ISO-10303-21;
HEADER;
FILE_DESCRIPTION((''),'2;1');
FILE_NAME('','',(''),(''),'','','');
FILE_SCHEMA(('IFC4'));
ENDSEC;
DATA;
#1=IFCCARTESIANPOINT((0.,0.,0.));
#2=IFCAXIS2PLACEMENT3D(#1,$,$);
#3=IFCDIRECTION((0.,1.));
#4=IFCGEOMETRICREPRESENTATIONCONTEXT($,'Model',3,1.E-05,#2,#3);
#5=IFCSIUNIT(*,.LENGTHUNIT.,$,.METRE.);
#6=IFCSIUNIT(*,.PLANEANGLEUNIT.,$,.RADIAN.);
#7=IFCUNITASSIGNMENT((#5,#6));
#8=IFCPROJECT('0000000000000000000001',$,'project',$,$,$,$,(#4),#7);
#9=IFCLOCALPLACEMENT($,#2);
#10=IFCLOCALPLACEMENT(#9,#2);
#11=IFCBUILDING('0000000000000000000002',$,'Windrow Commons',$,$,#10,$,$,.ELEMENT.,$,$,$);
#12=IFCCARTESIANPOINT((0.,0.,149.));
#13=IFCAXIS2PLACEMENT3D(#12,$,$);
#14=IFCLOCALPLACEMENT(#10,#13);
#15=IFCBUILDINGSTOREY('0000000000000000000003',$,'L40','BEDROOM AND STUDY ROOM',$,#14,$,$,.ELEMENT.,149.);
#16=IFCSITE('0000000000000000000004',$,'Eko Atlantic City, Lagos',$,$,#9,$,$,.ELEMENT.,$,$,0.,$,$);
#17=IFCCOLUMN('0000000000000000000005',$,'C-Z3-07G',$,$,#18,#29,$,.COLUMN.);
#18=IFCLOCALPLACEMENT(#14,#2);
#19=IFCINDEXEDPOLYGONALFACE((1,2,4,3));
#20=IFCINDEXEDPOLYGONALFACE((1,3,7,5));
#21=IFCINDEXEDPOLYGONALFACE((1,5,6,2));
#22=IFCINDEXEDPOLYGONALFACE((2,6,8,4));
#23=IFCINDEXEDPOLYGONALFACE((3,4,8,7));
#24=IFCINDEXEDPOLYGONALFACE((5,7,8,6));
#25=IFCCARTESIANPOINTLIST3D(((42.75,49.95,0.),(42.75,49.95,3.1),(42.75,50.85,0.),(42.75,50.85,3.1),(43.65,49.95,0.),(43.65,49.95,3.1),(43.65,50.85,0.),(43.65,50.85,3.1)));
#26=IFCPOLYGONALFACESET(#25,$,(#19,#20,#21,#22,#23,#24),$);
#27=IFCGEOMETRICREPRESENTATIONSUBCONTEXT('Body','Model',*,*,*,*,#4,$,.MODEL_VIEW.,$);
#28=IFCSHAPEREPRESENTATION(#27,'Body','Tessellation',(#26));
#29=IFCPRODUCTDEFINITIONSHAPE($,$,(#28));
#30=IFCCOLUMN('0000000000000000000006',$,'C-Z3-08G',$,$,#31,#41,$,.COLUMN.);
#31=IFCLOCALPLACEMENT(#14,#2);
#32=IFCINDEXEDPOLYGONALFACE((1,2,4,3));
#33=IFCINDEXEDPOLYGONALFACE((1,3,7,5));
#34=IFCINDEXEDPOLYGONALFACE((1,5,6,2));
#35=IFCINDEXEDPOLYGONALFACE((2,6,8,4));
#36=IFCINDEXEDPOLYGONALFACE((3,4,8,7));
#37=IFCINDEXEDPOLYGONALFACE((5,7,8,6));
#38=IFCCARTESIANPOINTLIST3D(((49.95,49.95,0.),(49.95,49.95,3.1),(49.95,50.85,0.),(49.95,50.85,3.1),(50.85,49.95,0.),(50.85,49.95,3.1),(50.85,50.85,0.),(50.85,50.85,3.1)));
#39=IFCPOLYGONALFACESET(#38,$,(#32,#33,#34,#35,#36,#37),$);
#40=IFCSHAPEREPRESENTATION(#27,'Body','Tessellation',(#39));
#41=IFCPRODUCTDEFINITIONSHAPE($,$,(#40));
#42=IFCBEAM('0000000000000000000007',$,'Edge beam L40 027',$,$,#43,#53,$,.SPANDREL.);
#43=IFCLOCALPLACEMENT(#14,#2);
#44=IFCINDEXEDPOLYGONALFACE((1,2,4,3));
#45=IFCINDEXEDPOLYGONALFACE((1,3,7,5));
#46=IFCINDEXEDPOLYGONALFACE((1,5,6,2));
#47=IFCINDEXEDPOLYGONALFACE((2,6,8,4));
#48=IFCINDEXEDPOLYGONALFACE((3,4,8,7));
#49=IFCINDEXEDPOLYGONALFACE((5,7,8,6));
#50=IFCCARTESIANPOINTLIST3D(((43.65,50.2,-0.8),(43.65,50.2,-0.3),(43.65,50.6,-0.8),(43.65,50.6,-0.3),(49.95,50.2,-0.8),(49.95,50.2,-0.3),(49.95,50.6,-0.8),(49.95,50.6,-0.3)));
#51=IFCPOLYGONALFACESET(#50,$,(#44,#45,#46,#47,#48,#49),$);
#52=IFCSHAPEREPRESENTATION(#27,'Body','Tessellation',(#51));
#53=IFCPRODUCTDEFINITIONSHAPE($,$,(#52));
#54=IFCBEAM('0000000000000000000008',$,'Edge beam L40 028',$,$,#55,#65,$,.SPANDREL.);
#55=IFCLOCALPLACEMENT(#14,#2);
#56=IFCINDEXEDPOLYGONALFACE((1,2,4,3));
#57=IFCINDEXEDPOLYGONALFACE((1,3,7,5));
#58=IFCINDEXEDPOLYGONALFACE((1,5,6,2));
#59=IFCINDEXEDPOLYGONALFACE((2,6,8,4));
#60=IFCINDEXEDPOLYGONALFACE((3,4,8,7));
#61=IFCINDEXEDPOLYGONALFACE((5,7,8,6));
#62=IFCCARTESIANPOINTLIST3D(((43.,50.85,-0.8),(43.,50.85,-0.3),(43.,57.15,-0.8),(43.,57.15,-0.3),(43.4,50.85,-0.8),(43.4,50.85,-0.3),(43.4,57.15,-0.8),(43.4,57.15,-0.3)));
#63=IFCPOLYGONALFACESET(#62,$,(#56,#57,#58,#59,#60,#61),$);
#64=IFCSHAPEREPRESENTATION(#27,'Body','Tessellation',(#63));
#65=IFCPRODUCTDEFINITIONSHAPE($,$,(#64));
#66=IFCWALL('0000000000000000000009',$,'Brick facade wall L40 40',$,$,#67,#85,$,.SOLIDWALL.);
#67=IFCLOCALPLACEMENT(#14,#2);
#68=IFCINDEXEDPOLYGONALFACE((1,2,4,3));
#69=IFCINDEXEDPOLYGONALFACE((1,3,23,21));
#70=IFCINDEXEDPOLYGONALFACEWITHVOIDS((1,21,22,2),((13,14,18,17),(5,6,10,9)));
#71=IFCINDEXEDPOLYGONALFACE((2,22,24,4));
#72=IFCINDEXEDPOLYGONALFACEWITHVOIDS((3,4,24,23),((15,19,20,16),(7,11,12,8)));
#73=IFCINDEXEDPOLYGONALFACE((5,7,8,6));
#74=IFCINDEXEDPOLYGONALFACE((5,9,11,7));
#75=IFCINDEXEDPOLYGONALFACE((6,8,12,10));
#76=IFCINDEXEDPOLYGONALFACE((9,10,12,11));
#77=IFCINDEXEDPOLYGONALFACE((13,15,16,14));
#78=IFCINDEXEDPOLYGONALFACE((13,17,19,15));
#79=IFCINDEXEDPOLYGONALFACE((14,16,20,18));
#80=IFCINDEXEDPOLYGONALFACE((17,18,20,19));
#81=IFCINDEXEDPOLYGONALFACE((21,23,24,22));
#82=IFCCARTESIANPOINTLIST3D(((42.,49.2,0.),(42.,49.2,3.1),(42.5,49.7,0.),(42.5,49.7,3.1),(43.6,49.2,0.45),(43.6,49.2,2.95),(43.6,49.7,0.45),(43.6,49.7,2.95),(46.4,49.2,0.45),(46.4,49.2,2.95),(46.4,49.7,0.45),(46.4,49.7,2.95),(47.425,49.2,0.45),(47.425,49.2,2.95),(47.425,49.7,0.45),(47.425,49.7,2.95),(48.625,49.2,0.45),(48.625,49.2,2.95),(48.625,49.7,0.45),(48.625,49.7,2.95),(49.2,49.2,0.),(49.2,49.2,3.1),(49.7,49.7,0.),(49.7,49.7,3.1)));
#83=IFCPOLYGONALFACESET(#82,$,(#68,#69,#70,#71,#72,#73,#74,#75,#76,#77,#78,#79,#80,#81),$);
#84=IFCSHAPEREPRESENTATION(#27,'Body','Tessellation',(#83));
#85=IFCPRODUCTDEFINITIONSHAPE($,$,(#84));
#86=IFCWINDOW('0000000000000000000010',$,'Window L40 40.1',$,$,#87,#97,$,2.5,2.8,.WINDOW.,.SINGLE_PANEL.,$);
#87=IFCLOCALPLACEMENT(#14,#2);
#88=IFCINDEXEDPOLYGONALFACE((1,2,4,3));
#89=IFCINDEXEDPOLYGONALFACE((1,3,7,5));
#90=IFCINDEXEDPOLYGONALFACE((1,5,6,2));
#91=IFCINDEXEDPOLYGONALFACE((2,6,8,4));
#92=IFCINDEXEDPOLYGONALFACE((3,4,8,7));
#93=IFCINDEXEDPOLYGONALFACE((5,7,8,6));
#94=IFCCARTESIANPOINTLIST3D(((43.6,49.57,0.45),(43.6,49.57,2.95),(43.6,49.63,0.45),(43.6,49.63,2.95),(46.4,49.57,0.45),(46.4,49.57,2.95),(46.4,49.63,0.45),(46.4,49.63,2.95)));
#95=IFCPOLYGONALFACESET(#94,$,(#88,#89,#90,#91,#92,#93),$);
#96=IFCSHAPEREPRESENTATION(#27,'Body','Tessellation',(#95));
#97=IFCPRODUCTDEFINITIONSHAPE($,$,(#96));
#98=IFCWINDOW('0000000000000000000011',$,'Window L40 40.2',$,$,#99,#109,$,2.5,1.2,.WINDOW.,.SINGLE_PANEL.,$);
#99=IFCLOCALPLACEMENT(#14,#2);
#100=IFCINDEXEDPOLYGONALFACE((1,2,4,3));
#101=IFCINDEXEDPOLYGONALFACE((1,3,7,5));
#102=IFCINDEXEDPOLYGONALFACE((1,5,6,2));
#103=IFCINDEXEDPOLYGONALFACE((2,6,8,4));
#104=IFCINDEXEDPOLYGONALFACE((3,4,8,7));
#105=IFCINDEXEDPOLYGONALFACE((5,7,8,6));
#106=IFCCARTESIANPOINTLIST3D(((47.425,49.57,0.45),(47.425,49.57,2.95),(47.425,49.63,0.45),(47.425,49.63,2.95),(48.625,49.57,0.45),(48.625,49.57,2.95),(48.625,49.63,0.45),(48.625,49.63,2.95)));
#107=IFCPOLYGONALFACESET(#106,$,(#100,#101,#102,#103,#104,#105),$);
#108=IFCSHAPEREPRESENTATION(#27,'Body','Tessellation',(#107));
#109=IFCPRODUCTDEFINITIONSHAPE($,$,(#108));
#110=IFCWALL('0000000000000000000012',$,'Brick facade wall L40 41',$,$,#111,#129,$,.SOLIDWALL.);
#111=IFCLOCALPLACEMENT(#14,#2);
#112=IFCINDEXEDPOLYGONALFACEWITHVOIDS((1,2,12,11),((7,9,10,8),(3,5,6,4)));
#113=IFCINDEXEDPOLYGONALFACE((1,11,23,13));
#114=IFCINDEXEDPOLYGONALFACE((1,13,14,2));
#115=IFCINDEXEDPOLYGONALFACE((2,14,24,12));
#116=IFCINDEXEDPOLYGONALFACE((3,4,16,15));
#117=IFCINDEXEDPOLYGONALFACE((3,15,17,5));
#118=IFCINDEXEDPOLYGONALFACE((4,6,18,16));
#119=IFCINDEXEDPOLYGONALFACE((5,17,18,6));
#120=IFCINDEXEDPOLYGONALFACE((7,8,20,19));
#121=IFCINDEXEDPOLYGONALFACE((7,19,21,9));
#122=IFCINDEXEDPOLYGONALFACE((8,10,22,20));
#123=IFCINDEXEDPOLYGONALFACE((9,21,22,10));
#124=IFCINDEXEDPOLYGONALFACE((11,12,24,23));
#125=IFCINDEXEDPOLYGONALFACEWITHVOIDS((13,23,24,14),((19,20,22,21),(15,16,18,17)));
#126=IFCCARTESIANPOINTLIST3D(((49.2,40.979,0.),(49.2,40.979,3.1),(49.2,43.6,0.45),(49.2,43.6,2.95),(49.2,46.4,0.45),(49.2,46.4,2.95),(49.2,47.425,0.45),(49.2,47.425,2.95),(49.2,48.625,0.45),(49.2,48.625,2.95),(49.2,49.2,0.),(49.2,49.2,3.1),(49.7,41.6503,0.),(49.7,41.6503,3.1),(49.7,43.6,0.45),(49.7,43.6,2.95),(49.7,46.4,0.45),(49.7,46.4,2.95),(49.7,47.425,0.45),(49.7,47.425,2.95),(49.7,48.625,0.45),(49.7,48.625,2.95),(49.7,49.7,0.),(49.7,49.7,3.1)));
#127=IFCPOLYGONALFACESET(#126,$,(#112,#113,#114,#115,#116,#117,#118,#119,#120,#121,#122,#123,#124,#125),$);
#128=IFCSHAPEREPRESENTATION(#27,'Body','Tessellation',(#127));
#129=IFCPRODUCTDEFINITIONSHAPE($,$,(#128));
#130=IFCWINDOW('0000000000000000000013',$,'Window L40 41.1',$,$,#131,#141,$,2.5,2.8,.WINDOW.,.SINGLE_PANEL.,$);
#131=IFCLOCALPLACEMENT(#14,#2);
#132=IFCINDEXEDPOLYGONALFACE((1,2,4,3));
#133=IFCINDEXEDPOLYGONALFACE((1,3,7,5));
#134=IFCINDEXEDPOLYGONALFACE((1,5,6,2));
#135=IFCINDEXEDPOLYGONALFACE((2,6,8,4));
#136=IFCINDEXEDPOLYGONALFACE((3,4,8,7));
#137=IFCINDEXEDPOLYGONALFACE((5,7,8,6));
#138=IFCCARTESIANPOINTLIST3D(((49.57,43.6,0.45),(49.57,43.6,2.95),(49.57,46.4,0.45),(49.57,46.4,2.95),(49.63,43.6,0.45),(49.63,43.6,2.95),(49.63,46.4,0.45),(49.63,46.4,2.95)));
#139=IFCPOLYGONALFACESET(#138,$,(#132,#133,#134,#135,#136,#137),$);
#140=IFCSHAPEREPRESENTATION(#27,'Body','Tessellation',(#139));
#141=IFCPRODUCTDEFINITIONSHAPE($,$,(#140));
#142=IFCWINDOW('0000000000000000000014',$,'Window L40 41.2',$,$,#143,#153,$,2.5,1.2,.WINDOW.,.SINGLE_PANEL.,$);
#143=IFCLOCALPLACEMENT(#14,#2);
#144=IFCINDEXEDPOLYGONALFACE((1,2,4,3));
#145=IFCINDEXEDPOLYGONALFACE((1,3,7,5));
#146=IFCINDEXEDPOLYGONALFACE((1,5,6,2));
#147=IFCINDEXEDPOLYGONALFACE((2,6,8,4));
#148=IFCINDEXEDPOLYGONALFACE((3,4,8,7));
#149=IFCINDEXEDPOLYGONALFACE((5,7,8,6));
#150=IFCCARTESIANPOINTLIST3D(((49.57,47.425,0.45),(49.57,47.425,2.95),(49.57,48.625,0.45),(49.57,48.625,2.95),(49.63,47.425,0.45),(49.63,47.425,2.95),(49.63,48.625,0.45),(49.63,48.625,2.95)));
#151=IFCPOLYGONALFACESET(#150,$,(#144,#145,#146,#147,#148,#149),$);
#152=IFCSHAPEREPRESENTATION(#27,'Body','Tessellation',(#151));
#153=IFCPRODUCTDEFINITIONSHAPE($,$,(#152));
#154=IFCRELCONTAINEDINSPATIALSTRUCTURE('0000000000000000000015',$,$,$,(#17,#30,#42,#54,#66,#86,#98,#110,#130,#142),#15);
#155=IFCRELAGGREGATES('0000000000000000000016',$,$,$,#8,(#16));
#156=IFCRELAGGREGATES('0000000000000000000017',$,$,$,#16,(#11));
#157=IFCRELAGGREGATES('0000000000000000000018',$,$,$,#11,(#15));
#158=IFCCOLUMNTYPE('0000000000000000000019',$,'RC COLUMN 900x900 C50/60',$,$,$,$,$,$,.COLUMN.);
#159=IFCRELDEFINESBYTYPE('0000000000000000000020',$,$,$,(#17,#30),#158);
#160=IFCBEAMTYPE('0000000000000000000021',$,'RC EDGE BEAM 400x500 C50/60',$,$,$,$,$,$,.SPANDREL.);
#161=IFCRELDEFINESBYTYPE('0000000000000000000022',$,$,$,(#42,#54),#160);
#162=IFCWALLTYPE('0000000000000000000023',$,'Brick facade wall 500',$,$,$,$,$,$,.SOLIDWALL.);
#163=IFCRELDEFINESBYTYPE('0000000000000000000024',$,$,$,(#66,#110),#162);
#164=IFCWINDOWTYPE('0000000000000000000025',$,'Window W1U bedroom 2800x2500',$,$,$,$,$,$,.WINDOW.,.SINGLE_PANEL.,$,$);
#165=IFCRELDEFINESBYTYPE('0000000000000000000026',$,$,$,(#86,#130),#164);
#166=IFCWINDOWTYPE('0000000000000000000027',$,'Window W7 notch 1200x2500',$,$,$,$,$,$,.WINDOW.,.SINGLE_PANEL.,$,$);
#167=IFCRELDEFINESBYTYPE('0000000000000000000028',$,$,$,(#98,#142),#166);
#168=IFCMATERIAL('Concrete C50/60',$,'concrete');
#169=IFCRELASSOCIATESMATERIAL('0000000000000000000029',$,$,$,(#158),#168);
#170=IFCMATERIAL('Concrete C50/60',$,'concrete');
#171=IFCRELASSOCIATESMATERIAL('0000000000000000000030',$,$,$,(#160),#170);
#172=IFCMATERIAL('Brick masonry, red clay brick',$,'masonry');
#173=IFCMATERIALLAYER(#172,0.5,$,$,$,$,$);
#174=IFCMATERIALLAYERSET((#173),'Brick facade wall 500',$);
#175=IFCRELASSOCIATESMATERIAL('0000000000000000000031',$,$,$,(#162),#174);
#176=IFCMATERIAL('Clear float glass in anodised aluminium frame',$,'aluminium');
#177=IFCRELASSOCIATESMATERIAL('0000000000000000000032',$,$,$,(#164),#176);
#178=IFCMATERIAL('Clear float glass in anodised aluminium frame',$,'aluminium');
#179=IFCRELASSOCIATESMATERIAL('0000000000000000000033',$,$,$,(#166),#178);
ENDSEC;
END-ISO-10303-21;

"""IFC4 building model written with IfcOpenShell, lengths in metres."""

from ifc_helpers import new_model, si_unit, direction, frame, frame_2d, origin, origin_2d, place, context, subcontext, project, spatial, polyline, rectangle, outline, extrude, material, layer, layer_set, material_profile, profile_set, type_object, element, fill, save


model = new_model("IFC4")

# Units and contexts
model_context = context("Model", 3, precision=1e-05, world=origin(), true_north=direction((0.0, 1.0)))
body_context = subcontext(model_context, "Body", "Model", "MODEL_VIEW")
ifc_project = project(units=[si_unit("LENGTHUNIT", "METRE"), si_unit("PLANEANGLEUNIT", "RADIAN")], contexts=[model_context])

# Site, building, storey
site_placement = place(None, origin())
site = spatial("IfcSite", under=ifc_project, at=site_placement, Name="Eko Atlantic City, Lagos", CompositionType="ELEMENT", RefElevation=0.0)
building_placement = place(site_placement, origin())
building = spatial("IfcBuilding", under=site, at=building_placement, Name="Windrow Commons", CompositionType="ELEMENT")
storey_placement = place(building_placement, frame((0.0, 0.0, 149.0)))
storey = spatial("IfcBuildingStorey", under=building, at=storey_placement, Name="L40", Description="BEDROOM AND STUDY ROOM", CompositionType="ELEMENT", Elevation=149.0)

# Columns
ifc_material_1 = material(Name="Concrete C50/60", Category="concrete")
ifc_material_profile_1 = material_profile(ifc_material_1, rectangle(XDim=0.9, YDim=0.9, at=origin_2d()))
ifc_profile_set_1 = profile_set([ifc_material_profile_1], Name="Concrete C50/60")
column_type = type_object("IfcColumnType", Name="RC COLUMN 900x900 C50/60", PredefinedType="COLUMN", material=ifc_profile_set_1)
for number, where, z_axis, x_axis, name in (
    (1, (43.2, 50.4, 0.0), (0.0, 0.0, 1.0), (1.0, 0.0, 0.0), "C-Z3-07G"),
    (2, (50.4, 50.4, 0.0), (0.0, 0.0, 1.0), (1.0, 0.0, 0.0), "C-Z3-08G"),
):
    element("IfcColumn", number, at=place(storey_placement, frame(where, z_axis=z_axis, x_axis=x_axis)), inside=storey, type_object=column_type, Name=name, PredefinedType="COLUMN", context=body_context, shape_type="SweptSolid", body=[
        extrude(rectangle(XDim=0.9, YDim=0.9, at=origin_2d()), origin(), (0.0, 0.0, 1.0), 3.1),
    ])

# Beams
ifc_material_2 = material(Name="Concrete C50/60", Category="concrete")
ifc_material_profile_2 = material_profile(ifc_material_2, rectangle(XDim=0.4, YDim=0.5, at=origin_2d()))
ifc_profile_set_2 = profile_set([ifc_material_profile_2], Name="Concrete C50/60")
beam_type = type_object("IfcBeamType", Name="RC EDGE BEAM 400x500 C50/60", PredefinedType="SPANDREL", material=ifc_profile_set_2)
for number, where, z_axis, x_axis, name in (
    (3, (49.95, 50.4, -0.55), (-1.0, 0.0, 0.0), (0.0, -1.0, 0.0), "Edge beam L40 027"),
    (4, (43.2, 50.85, -0.55), (0.0, 1.0, 0.0), (-1.0, 0.0, 0.0), "Edge beam L40 028"),
):
    element("IfcBeam", number, at=place(storey_placement, frame(where, z_axis=z_axis, x_axis=x_axis)), inside=storey, type_object=beam_type, Name=name, PredefinedType="SPANDREL", context=body_context, shape_type="SweptSolid", body=[
        extrude(rectangle(XDim=0.4, YDim=0.5, at=origin_2d()), origin(), (0.0, 0.0, 1.0), 6.3),
    ])

# Walls, openings, windows
ifc_material_3 = material(Name="Brick masonry, red clay brick", Category="masonry")
ifc_layer_1 = layer(ifc_material_3, 0.5)
ifc_layer_set_1 = layer_set([ifc_layer_1], Name="Brick facade wall 500")
wall_type_1 = type_object("IfcWallType", Name="Brick facade wall 500", PredefinedType="SOLIDWALL", material=ifc_layer_set_1)
wall_1_placement = place(storey_placement, frame((42.25, 49.45, 0.0), z_axis=(0.0, 0.0, 1.0), x_axis=(1.0, 0.0, 0.0)))
wall_1 = element("IfcWall", 5, at=wall_1_placement, inside=storey, type_object=wall_type_1, Name="Brick facade wall L40 40", PredefinedType="SOLIDWALL", context=body_context, shape_type="SweptSolid", body=[
    extrude(outline(polyline([(-0.25, -0.25), (6.95, -0.25), (7.45, 0.25), (0.25, 0.25), (-0.25, -0.25)])), origin(), (0.0, 0.0, 1.0), 3.1),
])
opening_1_placement = place(wall_1_placement, frame((1.35, 0.0, 0.45)))
opening_1 = element("IfcOpeningElement", 6, at=opening_1_placement, cuts=wall_1, PredefinedType="OPENING", context=body_context, shape_type="SweptSolid", body=[
    extrude(rectangle(XDim=2.8, YDim=2.5, at=frame_2d((1.4, 1.25))), frame((0.0, 0.26, 0.0), z_axis=(0.0, -1.0, 0.0), x_axis=(1.0, 0.0, 0.0)), (0.0, 0.0, 1.0), 0.52),
])
opening_2_placement = place(wall_1_placement, frame((5.175, 0.0, 0.45)))
opening_2 = element("IfcOpeningElement", 7, at=opening_2_placement, cuts=wall_1, PredefinedType="OPENING", context=body_context, shape_type="SweptSolid", body=[
    extrude(rectangle(XDim=1.2, YDim=2.5, at=frame_2d((0.6, 1.25))), frame((0.0, 0.26, 0.0), z_axis=(0.0, -1.0, 0.0), x_axis=(1.0, 0.0, 0.0)), (0.0, 0.0, 1.0), 0.52),
])
ifc_material_4 = material(Name="Clear float glass in anodised aluminium frame", Category="aluminium")
window_type_1 = type_object("IfcWindowType", Name="Window W1U bedroom 2800x2500", PartitioningType="SINGLE_PANEL", PredefinedType="WINDOW", material=ifc_material_4)
window_1_placement = place(opening_1_placement, origin())
window_1 = element("IfcWindow", 8, at=window_1_placement, inside=storey, type_object=window_type_1, Name="Window L40 40.1", OverallHeight=2.5, OverallWidth=2.8, PartitioningType="SINGLE_PANEL", PredefinedType="WINDOW", context=body_context, shape_type="SweptSolid", body=[
    extrude(rectangle(XDim=2.8, YDim=2.5, at=frame_2d((1.4, 1.25))), frame((0.0, 0.18, 0.0), z_axis=(0.0, -1.0, 0.0), x_axis=(1.0, 0.0, 0.0)), (0.0, 0.0, 1.0), 0.06),
])
fill(opening_1, window_1)
ifc_material_5 = material(Name="Clear float glass in anodised aluminium frame", Category="aluminium")
window_type_2 = type_object("IfcWindowType", Name="Window W7 notch 1200x2500", PartitioningType="SINGLE_PANEL", PredefinedType="WINDOW", material=ifc_material_5)
window_2_placement = place(opening_2_placement, origin())
window_2 = element("IfcWindow", 9, at=window_2_placement, inside=storey, type_object=window_type_2, Name="Window L40 40.2", OverallHeight=2.5, OverallWidth=1.2, PartitioningType="SINGLE_PANEL", PredefinedType="WINDOW", context=body_context, shape_type="SweptSolid", body=[
    extrude(rectangle(XDim=1.2, YDim=2.5, at=frame_2d((0.6, 1.25))), frame((0.0, 0.18, 0.0), z_axis=(0.0, -1.0, 0.0), x_axis=(1.0, 0.0, 0.0)), (0.0, 0.0, 1.0), 0.06),
])
fill(opening_2, window_2)
wall_2_placement = place(storey_placement, frame((49.45, 49.45, 0.0), z_axis=(0.0, 0.0, 1.0), x_axis=(0.0, -1.0, 0.0)))
wall_2 = element("IfcWall", 10, at=wall_2_placement, inside=storey, type_object=wall_type_1, Name="Brick facade wall L40 41", PredefinedType="SOLIDWALL", context=body_context, shape_type="SweptSolid", body=[
    extrude(outline(polyline([(0.25, -0.25), (8.471, -0.25), (7.7997, 0.25), (-0.25, 0.25), (0.25, -0.25)])), origin(), (0.0, 0.0, 1.0), 3.1),
])
opening_3_placement = place(wall_2_placement, frame((3.05, 0.0, 0.45)))
opening_3 = element("IfcOpeningElement", 11, at=opening_3_placement, cuts=wall_2, PredefinedType="OPENING", context=body_context, shape_type="SweptSolid", body=[
    extrude(rectangle(XDim=2.8, YDim=2.5, at=frame_2d((1.4, 1.25))), frame((0.0, 0.26, 0.0), z_axis=(0.0, -1.0, 0.0), x_axis=(1.0, 0.0, 0.0)), (0.0, 0.0, 1.0), 0.52),
])
opening_4_placement = place(wall_2_placement, frame((0.825, 0.0, 0.45)))
opening_4 = element("IfcOpeningElement", 12, at=opening_4_placement, cuts=wall_2, PredefinedType="OPENING", context=body_context, shape_type="SweptSolid", body=[
    extrude(rectangle(XDim=1.2, YDim=2.5, at=frame_2d((0.6, 1.25))), frame((0.0, 0.26, 0.0), z_axis=(0.0, -1.0, 0.0), x_axis=(1.0, 0.0, 0.0)), (0.0, 0.0, 1.0), 0.52),
])
window_3_placement = place(opening_3_placement, origin())
window_3 = element("IfcWindow", 13, at=window_3_placement, inside=storey, type_object=window_type_1, Name="Window L40 41.1", OverallHeight=2.5, OverallWidth=2.8, PartitioningType="SINGLE_PANEL", PredefinedType="WINDOW", context=body_context, shape_type="SweptSolid", body=[
    extrude(rectangle(XDim=2.8, YDim=2.5, at=frame_2d((1.4, 1.25))), frame((0.0, 0.18, 0.0), z_axis=(0.0, -1.0, 0.0), x_axis=(1.0, 0.0, 0.0)), (0.0, 0.0, 1.0), 0.06),
])
fill(opening_3, window_3)
window_4_placement = place(opening_4_placement, origin())
window_4 = element("IfcWindow", 14, at=window_4_placement, inside=storey, type_object=window_type_2, Name="Window L40 41.2", OverallHeight=2.5, OverallWidth=1.2, PartitioningType="SINGLE_PANEL", PredefinedType="WINDOW", context=body_context, shape_type="SweptSolid", body=[
    extrude(rectangle(XDim=1.2, YDim=2.5, at=frame_2d((0.6, 1.25))), frame((0.0, 0.18, 0.0), z_axis=(0.0, -1.0, 0.0), x_axis=(1.0, 0.0, 0.0)), (0.0, 0.0, 1.0), 0.06),
])
fill(opening_4, window_4)

save(model, "model.ifc")
